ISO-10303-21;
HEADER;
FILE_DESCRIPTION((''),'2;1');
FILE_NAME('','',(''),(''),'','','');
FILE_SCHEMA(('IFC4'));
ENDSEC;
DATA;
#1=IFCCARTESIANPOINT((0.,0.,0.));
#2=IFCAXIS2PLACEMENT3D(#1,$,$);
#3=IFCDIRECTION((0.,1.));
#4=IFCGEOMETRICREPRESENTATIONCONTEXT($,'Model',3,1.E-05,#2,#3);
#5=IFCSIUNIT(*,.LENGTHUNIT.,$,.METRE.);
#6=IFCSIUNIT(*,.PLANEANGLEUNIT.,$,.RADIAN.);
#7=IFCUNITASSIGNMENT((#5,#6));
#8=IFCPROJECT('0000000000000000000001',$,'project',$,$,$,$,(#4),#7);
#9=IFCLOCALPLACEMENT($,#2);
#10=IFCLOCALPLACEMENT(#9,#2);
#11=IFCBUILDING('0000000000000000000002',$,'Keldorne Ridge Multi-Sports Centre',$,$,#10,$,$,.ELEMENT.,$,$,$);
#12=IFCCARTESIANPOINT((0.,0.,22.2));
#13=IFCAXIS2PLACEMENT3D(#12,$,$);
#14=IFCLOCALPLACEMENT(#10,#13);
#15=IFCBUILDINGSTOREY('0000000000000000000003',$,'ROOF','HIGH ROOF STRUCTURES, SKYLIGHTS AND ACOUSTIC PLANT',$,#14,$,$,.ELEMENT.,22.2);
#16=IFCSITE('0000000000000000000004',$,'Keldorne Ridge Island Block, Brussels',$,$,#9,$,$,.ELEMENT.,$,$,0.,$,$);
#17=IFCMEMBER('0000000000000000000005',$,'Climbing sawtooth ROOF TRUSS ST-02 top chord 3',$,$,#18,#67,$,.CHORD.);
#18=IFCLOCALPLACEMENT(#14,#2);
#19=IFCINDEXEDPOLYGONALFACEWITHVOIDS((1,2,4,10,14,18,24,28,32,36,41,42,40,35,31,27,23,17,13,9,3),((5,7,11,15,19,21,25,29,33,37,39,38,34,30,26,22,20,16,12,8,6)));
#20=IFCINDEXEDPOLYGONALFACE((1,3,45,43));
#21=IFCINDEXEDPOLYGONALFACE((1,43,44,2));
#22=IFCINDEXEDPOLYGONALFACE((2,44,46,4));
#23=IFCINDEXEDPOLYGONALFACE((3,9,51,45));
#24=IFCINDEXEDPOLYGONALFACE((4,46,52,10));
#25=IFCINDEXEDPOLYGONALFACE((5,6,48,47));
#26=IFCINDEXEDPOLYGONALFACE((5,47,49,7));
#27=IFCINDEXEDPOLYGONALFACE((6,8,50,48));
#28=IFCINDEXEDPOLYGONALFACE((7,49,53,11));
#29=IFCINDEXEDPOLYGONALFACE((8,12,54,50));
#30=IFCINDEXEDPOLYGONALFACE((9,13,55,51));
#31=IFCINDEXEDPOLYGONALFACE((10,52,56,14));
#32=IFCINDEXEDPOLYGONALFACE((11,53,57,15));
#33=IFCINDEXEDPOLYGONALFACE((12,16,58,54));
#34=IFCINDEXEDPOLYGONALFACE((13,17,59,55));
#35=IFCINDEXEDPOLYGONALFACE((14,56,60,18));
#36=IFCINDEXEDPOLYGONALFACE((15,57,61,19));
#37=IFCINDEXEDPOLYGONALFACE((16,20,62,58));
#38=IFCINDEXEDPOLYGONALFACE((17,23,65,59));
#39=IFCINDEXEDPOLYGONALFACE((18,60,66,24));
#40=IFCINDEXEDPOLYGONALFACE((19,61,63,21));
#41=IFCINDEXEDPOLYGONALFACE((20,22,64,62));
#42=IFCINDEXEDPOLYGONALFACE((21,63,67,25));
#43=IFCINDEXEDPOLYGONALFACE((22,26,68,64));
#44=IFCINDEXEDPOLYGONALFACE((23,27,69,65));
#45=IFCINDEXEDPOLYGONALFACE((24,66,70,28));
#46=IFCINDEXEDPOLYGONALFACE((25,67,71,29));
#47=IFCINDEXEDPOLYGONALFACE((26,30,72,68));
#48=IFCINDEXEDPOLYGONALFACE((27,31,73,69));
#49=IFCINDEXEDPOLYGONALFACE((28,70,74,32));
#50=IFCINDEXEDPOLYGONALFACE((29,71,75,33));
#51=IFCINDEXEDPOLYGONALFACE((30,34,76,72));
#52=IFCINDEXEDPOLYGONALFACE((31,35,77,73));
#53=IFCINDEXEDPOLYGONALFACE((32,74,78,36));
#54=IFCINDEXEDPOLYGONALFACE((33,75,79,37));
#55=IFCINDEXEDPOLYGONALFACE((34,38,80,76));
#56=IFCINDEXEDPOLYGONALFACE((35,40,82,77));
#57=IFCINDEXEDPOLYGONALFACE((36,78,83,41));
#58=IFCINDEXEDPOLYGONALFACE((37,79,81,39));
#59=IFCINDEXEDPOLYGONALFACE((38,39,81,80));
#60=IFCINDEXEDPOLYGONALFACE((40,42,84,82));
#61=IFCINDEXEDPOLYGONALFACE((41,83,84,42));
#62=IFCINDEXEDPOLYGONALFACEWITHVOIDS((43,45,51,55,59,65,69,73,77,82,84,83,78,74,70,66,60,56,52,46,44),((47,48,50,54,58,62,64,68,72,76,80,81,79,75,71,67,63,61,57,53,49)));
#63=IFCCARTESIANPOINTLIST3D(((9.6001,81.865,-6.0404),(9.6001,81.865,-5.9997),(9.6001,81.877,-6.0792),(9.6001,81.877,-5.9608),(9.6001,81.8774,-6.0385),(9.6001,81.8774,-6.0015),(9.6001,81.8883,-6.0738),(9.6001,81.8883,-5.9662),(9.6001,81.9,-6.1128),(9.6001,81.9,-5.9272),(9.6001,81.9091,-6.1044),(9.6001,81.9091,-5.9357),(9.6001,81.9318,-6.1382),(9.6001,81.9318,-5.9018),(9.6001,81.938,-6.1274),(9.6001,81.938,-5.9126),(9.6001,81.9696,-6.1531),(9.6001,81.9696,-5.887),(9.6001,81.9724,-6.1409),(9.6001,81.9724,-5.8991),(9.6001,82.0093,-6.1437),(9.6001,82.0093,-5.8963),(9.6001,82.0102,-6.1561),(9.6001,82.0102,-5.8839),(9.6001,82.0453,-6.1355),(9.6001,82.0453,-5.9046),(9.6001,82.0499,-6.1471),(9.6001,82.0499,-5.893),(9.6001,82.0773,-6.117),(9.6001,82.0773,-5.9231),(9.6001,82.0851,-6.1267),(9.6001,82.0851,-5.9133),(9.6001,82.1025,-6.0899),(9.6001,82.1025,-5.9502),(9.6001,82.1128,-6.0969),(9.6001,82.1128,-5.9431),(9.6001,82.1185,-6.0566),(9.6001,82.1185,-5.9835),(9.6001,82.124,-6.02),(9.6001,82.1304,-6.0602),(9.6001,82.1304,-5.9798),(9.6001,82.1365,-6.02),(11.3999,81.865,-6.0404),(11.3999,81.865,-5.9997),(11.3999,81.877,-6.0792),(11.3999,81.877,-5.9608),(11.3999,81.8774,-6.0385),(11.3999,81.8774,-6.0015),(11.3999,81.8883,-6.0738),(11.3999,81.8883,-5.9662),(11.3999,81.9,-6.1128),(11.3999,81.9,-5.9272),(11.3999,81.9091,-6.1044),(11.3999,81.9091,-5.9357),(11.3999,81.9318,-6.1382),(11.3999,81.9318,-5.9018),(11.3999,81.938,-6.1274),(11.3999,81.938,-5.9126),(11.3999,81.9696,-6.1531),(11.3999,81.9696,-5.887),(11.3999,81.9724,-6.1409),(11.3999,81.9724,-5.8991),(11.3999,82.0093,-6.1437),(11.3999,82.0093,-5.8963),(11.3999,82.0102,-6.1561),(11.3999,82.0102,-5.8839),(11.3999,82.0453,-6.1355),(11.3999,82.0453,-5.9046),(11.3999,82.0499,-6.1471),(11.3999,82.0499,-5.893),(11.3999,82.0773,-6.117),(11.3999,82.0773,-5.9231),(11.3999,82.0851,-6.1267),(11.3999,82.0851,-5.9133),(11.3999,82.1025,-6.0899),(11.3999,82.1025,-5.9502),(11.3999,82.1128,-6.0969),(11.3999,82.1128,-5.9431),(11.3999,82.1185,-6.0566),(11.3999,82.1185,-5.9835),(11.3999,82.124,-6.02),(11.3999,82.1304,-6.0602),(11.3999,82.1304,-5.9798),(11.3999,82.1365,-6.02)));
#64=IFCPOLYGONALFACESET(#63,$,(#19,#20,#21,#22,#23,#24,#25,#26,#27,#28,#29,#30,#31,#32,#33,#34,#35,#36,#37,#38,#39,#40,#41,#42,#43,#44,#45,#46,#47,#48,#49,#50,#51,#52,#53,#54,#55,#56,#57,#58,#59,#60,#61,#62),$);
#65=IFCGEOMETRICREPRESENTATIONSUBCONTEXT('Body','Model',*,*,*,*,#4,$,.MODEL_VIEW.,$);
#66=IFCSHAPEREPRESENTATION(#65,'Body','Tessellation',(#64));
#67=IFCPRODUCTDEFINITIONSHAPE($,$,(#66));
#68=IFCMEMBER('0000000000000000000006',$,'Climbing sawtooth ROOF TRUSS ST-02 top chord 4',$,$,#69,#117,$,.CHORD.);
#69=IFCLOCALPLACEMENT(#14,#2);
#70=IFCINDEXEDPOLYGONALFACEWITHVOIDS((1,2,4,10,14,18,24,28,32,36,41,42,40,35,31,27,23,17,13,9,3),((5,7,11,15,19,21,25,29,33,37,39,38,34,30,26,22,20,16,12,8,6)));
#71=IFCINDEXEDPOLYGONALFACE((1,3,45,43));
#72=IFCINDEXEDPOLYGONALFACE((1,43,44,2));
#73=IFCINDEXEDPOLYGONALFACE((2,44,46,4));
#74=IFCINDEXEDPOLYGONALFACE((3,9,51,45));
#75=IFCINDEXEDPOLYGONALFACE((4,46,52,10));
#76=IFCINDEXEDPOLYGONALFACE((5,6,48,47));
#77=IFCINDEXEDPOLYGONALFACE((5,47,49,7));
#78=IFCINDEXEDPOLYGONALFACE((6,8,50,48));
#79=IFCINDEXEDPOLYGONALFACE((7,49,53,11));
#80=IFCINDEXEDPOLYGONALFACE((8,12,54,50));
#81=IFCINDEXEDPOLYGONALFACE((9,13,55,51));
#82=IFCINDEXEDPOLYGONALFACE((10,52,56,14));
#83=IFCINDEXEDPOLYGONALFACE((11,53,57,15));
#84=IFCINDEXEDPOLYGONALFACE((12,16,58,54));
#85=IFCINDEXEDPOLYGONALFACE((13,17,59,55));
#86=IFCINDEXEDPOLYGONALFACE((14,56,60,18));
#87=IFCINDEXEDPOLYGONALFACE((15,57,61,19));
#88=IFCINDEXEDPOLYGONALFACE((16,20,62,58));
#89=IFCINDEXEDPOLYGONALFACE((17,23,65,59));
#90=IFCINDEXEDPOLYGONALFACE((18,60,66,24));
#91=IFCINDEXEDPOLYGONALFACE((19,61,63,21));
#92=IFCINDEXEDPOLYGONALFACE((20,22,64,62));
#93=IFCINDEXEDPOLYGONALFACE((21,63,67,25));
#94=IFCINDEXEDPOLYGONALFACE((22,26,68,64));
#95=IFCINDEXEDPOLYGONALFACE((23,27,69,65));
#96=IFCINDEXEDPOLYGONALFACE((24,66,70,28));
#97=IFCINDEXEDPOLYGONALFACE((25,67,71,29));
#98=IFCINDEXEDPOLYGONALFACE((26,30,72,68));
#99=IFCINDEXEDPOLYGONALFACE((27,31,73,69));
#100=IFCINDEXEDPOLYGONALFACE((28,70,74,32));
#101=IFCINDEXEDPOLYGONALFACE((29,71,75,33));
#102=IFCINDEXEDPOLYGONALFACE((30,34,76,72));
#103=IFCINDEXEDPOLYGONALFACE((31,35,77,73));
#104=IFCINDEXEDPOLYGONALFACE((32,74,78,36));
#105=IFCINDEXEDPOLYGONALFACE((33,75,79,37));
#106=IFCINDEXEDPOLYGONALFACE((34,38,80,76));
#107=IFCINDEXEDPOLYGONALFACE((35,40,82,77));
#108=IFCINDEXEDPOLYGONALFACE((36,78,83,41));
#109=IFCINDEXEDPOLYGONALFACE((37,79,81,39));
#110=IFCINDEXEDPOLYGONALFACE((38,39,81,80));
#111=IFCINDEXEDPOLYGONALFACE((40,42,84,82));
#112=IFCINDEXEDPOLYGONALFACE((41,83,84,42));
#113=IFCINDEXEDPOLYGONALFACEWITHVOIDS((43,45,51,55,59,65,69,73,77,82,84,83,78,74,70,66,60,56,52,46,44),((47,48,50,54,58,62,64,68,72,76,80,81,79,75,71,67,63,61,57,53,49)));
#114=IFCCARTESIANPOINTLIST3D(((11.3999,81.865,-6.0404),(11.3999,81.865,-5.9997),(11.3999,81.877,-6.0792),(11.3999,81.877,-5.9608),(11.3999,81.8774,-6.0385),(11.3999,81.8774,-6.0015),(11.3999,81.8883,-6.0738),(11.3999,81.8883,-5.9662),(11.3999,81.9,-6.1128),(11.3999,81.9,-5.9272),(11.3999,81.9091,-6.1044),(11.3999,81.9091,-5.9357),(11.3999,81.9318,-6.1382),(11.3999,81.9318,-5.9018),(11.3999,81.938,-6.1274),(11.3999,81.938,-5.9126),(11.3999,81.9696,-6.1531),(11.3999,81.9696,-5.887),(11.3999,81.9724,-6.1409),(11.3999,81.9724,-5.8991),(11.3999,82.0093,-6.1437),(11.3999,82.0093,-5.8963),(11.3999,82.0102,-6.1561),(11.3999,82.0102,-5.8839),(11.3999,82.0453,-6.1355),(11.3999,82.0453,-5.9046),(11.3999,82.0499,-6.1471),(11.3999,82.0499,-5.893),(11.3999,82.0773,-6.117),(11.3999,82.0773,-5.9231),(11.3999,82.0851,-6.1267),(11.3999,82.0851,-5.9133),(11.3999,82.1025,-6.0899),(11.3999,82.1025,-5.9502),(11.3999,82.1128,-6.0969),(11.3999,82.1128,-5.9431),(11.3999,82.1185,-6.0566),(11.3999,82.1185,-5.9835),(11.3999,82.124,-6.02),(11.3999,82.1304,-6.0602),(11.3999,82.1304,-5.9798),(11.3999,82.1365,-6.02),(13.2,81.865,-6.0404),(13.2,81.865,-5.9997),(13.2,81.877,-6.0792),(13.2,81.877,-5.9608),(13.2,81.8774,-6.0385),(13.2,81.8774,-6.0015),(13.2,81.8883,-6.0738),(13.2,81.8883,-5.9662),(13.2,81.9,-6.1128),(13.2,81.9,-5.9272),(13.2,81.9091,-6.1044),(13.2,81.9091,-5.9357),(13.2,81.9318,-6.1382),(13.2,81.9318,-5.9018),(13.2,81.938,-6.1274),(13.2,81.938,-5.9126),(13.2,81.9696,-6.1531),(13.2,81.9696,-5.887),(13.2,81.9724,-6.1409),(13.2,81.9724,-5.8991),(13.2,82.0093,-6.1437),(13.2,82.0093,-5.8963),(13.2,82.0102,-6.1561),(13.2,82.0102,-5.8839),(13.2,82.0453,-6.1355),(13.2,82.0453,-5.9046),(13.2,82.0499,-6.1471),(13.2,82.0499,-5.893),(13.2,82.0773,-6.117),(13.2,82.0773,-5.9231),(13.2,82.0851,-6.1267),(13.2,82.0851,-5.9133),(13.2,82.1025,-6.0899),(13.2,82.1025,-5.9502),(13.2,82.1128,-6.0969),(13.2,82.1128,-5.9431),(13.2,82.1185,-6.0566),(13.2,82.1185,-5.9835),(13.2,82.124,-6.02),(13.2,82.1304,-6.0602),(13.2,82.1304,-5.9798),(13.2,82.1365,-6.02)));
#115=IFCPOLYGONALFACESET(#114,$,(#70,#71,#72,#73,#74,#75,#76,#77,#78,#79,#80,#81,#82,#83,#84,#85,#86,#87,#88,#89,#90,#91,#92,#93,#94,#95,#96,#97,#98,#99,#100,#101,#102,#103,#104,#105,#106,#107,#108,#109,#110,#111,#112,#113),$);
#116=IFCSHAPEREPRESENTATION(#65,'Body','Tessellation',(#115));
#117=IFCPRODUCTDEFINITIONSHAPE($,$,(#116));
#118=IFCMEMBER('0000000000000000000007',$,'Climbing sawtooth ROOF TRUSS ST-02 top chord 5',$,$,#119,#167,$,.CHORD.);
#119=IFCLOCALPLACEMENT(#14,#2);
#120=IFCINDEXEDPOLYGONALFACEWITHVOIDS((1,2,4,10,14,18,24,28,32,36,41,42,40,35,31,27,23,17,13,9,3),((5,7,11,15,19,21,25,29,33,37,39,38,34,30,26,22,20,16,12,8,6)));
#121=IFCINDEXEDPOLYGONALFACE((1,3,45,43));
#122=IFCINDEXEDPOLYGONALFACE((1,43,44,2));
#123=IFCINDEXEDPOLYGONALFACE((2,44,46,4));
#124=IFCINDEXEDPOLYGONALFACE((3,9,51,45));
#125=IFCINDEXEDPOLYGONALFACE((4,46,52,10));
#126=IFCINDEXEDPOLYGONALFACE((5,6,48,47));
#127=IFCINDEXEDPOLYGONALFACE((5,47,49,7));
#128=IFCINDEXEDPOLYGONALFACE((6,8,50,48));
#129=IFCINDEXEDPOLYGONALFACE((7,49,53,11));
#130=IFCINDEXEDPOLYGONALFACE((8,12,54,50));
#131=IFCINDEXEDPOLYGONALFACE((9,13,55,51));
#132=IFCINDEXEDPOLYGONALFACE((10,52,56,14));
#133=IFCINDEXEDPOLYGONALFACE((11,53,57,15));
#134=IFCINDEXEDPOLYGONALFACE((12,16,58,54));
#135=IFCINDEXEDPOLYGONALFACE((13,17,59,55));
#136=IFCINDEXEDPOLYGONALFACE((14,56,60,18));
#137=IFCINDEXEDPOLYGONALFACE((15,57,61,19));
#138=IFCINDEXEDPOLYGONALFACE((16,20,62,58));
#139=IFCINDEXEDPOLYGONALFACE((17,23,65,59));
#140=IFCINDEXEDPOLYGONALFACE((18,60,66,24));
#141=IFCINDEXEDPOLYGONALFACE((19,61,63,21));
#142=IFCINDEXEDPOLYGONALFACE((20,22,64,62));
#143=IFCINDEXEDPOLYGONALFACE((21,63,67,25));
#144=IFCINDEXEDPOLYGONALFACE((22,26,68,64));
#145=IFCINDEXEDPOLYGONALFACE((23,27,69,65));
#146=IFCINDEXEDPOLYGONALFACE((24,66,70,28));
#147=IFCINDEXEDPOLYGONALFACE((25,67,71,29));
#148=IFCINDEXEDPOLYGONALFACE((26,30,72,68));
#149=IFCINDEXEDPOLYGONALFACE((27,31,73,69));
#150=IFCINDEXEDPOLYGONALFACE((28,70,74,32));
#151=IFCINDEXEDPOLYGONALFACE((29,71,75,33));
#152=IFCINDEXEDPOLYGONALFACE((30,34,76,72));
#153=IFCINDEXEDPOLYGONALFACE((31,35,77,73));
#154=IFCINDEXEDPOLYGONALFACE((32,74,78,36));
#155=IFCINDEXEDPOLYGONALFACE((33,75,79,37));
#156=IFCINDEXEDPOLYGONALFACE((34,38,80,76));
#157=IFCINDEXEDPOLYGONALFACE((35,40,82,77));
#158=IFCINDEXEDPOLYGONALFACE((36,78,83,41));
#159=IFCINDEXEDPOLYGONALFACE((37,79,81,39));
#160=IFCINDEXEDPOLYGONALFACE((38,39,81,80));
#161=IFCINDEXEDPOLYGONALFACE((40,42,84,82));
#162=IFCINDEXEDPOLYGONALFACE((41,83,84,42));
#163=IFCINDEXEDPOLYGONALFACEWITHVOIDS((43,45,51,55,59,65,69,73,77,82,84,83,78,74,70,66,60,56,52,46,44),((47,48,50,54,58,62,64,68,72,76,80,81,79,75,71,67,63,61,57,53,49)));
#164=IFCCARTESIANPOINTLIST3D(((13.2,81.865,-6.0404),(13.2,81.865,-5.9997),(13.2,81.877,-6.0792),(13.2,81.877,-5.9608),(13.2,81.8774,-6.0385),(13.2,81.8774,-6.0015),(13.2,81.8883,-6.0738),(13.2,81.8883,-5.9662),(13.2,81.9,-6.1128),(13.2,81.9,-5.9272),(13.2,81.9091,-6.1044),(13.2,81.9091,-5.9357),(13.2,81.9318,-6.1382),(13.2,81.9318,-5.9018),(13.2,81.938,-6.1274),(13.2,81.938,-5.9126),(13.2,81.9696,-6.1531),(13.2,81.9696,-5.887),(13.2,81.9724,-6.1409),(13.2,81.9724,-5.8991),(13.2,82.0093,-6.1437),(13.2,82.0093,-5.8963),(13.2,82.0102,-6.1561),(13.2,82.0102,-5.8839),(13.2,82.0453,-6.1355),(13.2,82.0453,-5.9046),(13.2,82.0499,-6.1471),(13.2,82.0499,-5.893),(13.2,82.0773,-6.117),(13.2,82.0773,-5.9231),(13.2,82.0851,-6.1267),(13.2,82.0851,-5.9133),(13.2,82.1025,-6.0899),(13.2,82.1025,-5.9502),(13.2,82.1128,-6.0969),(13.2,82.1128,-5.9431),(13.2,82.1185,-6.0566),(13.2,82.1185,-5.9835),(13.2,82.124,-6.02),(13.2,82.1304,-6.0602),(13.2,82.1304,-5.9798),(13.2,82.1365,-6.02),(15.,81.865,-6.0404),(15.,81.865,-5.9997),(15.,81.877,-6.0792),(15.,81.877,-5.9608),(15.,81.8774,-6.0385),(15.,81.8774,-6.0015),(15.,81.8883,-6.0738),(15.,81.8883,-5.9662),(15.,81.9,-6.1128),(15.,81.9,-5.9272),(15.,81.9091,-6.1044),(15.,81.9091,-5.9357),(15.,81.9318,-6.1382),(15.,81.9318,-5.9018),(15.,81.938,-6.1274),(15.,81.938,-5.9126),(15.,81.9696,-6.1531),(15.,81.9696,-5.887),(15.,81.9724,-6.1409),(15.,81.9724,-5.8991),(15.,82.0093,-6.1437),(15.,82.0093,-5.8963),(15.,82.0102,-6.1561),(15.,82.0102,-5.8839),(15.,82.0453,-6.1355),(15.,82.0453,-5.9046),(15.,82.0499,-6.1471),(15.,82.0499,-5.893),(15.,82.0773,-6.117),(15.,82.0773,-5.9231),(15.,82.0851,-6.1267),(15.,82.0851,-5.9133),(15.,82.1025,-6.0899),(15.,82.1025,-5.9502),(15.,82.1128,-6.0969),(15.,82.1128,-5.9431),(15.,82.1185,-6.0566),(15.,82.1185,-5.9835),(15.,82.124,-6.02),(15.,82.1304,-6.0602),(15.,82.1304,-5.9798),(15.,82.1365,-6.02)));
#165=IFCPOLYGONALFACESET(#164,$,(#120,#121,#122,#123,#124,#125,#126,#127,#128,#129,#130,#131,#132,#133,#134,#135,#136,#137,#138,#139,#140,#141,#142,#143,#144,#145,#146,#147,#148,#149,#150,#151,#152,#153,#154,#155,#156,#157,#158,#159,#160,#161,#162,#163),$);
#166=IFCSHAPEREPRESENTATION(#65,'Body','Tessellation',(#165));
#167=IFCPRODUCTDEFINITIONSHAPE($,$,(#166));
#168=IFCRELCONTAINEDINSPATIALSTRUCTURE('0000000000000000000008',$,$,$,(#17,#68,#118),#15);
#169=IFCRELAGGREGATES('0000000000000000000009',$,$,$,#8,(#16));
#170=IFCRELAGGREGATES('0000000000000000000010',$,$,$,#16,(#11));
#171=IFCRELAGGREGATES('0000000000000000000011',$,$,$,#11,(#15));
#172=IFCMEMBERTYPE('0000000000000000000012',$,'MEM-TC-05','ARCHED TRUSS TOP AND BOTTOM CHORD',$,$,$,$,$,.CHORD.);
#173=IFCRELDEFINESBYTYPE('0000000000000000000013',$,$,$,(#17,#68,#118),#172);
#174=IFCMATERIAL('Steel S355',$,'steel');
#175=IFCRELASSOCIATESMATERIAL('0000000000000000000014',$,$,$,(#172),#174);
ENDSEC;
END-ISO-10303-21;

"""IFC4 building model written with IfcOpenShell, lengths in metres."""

from ifc_helpers import new_model, si_unit, direction, frame, origin, origin_2d, place, context, subcontext, project, spatial, hollow_circle, extrude, material, material_profile, profile_set, type_object, element, save


model = new_model("IFC4")

# Units and contexts
model_context = context("Model", 3, precision=1e-05, world=origin(), true_north=direction((0.0, 1.0)))
body_context = subcontext(model_context, "Body", "Model", "MODEL_VIEW")
ifc_project = project(units=[si_unit("LENGTHUNIT", "METRE"), si_unit("PLANEANGLEUNIT", "RADIAN")], contexts=[model_context])

# Site, building, storey
site_placement = place(None, origin())
site = spatial("IfcSite", under=ifc_project, at=site_placement, Name="Keldorne Ridge Island Block, Brussels", CompositionType="ELEMENT", RefElevation=0.0)
building_placement = place(site_placement, origin())
building = spatial("IfcBuilding", under=site, at=building_placement, Name="Keldorne Ridge Multi-Sports Centre", CompositionType="ELEMENT")
storey_placement = place(building_placement, frame((0.0, 0.0, 22.2)))
storey = spatial("IfcBuildingStorey", under=building, at=storey_placement, Name="ROOF", Description="HIGH ROOF STRUCTURES, SKYLIGHTS AND ACOUSTIC PLANT", CompositionType="ELEMENT", Elevation=22.2)

# Shared definitions
ifc_material_1 = material(Name="Steel S355", Category="steel")

# Members
ifc_material_profile_1 = material_profile(ifc_material_1, hollow_circle(Radius=0.1365, WallThickness=0.0125, at=origin_2d()), Name="CHS 273x12.5")
ifc_profile_set_1 = profile_set([ifc_material_profile_1], Name="Steel S355")
member_type_1 = type_object("IfcMemberType", Name="MEM-TC-05", Description="ARCHED TRUSS TOP AND BOTTOM CHORD", PredefinedType="CHORD", material=ifc_profile_set_1)
member_1_placement = place(storey_placement, frame((9.6001, 82.0, -6.02), z_axis=(1.0, 0.0, 0.0), x_axis=(0.0, 1.0, 0.0)))
element("IfcMember", 1, at=member_1_placement, inside=storey, type_object=member_type_1, Name="Climbing sawtooth ROOF TRUSS ST-02 top chord 3", PredefinedType="CHORD", context=body_context, shape_type="SweptSolid", body=[
    extrude(hollow_circle(Radius=0.1365, WallThickness=0.0125, at=origin_2d()), origin(), (0.0, 0.0, 1.0), 1.7998),
])
for number, where, z_axis, x_axis, name in (
    (2, (11.3999, 82.0, -6.02), (1.0, 0.0, 0.0), (0.0, 1.0, 0.0), "Climbing sawtooth ROOF TRUSS ST-02 top chord 4"),
    (3, (13.2, 82.0, -6.02), (1.0, 0.0, 0.0), (0.0, 1.0, 0.0), "Climbing sawtooth ROOF TRUSS ST-02 top chord 5"),
):
    element("IfcMember", number, at=place(storey_placement, frame(where, z_axis=z_axis, x_axis=x_axis)), inside=storey, type_object=member_type_1, Name=name, PredefinedType="CHORD", context=body_context, shape_type="SweptSolid", body=[
        extrude(hollow_circle(Radius=0.1365, WallThickness=0.0125, at=origin_2d()), origin(), (0.0, 0.0, 1.0), 1.8),
    ])

save(model, "model.ifc")
